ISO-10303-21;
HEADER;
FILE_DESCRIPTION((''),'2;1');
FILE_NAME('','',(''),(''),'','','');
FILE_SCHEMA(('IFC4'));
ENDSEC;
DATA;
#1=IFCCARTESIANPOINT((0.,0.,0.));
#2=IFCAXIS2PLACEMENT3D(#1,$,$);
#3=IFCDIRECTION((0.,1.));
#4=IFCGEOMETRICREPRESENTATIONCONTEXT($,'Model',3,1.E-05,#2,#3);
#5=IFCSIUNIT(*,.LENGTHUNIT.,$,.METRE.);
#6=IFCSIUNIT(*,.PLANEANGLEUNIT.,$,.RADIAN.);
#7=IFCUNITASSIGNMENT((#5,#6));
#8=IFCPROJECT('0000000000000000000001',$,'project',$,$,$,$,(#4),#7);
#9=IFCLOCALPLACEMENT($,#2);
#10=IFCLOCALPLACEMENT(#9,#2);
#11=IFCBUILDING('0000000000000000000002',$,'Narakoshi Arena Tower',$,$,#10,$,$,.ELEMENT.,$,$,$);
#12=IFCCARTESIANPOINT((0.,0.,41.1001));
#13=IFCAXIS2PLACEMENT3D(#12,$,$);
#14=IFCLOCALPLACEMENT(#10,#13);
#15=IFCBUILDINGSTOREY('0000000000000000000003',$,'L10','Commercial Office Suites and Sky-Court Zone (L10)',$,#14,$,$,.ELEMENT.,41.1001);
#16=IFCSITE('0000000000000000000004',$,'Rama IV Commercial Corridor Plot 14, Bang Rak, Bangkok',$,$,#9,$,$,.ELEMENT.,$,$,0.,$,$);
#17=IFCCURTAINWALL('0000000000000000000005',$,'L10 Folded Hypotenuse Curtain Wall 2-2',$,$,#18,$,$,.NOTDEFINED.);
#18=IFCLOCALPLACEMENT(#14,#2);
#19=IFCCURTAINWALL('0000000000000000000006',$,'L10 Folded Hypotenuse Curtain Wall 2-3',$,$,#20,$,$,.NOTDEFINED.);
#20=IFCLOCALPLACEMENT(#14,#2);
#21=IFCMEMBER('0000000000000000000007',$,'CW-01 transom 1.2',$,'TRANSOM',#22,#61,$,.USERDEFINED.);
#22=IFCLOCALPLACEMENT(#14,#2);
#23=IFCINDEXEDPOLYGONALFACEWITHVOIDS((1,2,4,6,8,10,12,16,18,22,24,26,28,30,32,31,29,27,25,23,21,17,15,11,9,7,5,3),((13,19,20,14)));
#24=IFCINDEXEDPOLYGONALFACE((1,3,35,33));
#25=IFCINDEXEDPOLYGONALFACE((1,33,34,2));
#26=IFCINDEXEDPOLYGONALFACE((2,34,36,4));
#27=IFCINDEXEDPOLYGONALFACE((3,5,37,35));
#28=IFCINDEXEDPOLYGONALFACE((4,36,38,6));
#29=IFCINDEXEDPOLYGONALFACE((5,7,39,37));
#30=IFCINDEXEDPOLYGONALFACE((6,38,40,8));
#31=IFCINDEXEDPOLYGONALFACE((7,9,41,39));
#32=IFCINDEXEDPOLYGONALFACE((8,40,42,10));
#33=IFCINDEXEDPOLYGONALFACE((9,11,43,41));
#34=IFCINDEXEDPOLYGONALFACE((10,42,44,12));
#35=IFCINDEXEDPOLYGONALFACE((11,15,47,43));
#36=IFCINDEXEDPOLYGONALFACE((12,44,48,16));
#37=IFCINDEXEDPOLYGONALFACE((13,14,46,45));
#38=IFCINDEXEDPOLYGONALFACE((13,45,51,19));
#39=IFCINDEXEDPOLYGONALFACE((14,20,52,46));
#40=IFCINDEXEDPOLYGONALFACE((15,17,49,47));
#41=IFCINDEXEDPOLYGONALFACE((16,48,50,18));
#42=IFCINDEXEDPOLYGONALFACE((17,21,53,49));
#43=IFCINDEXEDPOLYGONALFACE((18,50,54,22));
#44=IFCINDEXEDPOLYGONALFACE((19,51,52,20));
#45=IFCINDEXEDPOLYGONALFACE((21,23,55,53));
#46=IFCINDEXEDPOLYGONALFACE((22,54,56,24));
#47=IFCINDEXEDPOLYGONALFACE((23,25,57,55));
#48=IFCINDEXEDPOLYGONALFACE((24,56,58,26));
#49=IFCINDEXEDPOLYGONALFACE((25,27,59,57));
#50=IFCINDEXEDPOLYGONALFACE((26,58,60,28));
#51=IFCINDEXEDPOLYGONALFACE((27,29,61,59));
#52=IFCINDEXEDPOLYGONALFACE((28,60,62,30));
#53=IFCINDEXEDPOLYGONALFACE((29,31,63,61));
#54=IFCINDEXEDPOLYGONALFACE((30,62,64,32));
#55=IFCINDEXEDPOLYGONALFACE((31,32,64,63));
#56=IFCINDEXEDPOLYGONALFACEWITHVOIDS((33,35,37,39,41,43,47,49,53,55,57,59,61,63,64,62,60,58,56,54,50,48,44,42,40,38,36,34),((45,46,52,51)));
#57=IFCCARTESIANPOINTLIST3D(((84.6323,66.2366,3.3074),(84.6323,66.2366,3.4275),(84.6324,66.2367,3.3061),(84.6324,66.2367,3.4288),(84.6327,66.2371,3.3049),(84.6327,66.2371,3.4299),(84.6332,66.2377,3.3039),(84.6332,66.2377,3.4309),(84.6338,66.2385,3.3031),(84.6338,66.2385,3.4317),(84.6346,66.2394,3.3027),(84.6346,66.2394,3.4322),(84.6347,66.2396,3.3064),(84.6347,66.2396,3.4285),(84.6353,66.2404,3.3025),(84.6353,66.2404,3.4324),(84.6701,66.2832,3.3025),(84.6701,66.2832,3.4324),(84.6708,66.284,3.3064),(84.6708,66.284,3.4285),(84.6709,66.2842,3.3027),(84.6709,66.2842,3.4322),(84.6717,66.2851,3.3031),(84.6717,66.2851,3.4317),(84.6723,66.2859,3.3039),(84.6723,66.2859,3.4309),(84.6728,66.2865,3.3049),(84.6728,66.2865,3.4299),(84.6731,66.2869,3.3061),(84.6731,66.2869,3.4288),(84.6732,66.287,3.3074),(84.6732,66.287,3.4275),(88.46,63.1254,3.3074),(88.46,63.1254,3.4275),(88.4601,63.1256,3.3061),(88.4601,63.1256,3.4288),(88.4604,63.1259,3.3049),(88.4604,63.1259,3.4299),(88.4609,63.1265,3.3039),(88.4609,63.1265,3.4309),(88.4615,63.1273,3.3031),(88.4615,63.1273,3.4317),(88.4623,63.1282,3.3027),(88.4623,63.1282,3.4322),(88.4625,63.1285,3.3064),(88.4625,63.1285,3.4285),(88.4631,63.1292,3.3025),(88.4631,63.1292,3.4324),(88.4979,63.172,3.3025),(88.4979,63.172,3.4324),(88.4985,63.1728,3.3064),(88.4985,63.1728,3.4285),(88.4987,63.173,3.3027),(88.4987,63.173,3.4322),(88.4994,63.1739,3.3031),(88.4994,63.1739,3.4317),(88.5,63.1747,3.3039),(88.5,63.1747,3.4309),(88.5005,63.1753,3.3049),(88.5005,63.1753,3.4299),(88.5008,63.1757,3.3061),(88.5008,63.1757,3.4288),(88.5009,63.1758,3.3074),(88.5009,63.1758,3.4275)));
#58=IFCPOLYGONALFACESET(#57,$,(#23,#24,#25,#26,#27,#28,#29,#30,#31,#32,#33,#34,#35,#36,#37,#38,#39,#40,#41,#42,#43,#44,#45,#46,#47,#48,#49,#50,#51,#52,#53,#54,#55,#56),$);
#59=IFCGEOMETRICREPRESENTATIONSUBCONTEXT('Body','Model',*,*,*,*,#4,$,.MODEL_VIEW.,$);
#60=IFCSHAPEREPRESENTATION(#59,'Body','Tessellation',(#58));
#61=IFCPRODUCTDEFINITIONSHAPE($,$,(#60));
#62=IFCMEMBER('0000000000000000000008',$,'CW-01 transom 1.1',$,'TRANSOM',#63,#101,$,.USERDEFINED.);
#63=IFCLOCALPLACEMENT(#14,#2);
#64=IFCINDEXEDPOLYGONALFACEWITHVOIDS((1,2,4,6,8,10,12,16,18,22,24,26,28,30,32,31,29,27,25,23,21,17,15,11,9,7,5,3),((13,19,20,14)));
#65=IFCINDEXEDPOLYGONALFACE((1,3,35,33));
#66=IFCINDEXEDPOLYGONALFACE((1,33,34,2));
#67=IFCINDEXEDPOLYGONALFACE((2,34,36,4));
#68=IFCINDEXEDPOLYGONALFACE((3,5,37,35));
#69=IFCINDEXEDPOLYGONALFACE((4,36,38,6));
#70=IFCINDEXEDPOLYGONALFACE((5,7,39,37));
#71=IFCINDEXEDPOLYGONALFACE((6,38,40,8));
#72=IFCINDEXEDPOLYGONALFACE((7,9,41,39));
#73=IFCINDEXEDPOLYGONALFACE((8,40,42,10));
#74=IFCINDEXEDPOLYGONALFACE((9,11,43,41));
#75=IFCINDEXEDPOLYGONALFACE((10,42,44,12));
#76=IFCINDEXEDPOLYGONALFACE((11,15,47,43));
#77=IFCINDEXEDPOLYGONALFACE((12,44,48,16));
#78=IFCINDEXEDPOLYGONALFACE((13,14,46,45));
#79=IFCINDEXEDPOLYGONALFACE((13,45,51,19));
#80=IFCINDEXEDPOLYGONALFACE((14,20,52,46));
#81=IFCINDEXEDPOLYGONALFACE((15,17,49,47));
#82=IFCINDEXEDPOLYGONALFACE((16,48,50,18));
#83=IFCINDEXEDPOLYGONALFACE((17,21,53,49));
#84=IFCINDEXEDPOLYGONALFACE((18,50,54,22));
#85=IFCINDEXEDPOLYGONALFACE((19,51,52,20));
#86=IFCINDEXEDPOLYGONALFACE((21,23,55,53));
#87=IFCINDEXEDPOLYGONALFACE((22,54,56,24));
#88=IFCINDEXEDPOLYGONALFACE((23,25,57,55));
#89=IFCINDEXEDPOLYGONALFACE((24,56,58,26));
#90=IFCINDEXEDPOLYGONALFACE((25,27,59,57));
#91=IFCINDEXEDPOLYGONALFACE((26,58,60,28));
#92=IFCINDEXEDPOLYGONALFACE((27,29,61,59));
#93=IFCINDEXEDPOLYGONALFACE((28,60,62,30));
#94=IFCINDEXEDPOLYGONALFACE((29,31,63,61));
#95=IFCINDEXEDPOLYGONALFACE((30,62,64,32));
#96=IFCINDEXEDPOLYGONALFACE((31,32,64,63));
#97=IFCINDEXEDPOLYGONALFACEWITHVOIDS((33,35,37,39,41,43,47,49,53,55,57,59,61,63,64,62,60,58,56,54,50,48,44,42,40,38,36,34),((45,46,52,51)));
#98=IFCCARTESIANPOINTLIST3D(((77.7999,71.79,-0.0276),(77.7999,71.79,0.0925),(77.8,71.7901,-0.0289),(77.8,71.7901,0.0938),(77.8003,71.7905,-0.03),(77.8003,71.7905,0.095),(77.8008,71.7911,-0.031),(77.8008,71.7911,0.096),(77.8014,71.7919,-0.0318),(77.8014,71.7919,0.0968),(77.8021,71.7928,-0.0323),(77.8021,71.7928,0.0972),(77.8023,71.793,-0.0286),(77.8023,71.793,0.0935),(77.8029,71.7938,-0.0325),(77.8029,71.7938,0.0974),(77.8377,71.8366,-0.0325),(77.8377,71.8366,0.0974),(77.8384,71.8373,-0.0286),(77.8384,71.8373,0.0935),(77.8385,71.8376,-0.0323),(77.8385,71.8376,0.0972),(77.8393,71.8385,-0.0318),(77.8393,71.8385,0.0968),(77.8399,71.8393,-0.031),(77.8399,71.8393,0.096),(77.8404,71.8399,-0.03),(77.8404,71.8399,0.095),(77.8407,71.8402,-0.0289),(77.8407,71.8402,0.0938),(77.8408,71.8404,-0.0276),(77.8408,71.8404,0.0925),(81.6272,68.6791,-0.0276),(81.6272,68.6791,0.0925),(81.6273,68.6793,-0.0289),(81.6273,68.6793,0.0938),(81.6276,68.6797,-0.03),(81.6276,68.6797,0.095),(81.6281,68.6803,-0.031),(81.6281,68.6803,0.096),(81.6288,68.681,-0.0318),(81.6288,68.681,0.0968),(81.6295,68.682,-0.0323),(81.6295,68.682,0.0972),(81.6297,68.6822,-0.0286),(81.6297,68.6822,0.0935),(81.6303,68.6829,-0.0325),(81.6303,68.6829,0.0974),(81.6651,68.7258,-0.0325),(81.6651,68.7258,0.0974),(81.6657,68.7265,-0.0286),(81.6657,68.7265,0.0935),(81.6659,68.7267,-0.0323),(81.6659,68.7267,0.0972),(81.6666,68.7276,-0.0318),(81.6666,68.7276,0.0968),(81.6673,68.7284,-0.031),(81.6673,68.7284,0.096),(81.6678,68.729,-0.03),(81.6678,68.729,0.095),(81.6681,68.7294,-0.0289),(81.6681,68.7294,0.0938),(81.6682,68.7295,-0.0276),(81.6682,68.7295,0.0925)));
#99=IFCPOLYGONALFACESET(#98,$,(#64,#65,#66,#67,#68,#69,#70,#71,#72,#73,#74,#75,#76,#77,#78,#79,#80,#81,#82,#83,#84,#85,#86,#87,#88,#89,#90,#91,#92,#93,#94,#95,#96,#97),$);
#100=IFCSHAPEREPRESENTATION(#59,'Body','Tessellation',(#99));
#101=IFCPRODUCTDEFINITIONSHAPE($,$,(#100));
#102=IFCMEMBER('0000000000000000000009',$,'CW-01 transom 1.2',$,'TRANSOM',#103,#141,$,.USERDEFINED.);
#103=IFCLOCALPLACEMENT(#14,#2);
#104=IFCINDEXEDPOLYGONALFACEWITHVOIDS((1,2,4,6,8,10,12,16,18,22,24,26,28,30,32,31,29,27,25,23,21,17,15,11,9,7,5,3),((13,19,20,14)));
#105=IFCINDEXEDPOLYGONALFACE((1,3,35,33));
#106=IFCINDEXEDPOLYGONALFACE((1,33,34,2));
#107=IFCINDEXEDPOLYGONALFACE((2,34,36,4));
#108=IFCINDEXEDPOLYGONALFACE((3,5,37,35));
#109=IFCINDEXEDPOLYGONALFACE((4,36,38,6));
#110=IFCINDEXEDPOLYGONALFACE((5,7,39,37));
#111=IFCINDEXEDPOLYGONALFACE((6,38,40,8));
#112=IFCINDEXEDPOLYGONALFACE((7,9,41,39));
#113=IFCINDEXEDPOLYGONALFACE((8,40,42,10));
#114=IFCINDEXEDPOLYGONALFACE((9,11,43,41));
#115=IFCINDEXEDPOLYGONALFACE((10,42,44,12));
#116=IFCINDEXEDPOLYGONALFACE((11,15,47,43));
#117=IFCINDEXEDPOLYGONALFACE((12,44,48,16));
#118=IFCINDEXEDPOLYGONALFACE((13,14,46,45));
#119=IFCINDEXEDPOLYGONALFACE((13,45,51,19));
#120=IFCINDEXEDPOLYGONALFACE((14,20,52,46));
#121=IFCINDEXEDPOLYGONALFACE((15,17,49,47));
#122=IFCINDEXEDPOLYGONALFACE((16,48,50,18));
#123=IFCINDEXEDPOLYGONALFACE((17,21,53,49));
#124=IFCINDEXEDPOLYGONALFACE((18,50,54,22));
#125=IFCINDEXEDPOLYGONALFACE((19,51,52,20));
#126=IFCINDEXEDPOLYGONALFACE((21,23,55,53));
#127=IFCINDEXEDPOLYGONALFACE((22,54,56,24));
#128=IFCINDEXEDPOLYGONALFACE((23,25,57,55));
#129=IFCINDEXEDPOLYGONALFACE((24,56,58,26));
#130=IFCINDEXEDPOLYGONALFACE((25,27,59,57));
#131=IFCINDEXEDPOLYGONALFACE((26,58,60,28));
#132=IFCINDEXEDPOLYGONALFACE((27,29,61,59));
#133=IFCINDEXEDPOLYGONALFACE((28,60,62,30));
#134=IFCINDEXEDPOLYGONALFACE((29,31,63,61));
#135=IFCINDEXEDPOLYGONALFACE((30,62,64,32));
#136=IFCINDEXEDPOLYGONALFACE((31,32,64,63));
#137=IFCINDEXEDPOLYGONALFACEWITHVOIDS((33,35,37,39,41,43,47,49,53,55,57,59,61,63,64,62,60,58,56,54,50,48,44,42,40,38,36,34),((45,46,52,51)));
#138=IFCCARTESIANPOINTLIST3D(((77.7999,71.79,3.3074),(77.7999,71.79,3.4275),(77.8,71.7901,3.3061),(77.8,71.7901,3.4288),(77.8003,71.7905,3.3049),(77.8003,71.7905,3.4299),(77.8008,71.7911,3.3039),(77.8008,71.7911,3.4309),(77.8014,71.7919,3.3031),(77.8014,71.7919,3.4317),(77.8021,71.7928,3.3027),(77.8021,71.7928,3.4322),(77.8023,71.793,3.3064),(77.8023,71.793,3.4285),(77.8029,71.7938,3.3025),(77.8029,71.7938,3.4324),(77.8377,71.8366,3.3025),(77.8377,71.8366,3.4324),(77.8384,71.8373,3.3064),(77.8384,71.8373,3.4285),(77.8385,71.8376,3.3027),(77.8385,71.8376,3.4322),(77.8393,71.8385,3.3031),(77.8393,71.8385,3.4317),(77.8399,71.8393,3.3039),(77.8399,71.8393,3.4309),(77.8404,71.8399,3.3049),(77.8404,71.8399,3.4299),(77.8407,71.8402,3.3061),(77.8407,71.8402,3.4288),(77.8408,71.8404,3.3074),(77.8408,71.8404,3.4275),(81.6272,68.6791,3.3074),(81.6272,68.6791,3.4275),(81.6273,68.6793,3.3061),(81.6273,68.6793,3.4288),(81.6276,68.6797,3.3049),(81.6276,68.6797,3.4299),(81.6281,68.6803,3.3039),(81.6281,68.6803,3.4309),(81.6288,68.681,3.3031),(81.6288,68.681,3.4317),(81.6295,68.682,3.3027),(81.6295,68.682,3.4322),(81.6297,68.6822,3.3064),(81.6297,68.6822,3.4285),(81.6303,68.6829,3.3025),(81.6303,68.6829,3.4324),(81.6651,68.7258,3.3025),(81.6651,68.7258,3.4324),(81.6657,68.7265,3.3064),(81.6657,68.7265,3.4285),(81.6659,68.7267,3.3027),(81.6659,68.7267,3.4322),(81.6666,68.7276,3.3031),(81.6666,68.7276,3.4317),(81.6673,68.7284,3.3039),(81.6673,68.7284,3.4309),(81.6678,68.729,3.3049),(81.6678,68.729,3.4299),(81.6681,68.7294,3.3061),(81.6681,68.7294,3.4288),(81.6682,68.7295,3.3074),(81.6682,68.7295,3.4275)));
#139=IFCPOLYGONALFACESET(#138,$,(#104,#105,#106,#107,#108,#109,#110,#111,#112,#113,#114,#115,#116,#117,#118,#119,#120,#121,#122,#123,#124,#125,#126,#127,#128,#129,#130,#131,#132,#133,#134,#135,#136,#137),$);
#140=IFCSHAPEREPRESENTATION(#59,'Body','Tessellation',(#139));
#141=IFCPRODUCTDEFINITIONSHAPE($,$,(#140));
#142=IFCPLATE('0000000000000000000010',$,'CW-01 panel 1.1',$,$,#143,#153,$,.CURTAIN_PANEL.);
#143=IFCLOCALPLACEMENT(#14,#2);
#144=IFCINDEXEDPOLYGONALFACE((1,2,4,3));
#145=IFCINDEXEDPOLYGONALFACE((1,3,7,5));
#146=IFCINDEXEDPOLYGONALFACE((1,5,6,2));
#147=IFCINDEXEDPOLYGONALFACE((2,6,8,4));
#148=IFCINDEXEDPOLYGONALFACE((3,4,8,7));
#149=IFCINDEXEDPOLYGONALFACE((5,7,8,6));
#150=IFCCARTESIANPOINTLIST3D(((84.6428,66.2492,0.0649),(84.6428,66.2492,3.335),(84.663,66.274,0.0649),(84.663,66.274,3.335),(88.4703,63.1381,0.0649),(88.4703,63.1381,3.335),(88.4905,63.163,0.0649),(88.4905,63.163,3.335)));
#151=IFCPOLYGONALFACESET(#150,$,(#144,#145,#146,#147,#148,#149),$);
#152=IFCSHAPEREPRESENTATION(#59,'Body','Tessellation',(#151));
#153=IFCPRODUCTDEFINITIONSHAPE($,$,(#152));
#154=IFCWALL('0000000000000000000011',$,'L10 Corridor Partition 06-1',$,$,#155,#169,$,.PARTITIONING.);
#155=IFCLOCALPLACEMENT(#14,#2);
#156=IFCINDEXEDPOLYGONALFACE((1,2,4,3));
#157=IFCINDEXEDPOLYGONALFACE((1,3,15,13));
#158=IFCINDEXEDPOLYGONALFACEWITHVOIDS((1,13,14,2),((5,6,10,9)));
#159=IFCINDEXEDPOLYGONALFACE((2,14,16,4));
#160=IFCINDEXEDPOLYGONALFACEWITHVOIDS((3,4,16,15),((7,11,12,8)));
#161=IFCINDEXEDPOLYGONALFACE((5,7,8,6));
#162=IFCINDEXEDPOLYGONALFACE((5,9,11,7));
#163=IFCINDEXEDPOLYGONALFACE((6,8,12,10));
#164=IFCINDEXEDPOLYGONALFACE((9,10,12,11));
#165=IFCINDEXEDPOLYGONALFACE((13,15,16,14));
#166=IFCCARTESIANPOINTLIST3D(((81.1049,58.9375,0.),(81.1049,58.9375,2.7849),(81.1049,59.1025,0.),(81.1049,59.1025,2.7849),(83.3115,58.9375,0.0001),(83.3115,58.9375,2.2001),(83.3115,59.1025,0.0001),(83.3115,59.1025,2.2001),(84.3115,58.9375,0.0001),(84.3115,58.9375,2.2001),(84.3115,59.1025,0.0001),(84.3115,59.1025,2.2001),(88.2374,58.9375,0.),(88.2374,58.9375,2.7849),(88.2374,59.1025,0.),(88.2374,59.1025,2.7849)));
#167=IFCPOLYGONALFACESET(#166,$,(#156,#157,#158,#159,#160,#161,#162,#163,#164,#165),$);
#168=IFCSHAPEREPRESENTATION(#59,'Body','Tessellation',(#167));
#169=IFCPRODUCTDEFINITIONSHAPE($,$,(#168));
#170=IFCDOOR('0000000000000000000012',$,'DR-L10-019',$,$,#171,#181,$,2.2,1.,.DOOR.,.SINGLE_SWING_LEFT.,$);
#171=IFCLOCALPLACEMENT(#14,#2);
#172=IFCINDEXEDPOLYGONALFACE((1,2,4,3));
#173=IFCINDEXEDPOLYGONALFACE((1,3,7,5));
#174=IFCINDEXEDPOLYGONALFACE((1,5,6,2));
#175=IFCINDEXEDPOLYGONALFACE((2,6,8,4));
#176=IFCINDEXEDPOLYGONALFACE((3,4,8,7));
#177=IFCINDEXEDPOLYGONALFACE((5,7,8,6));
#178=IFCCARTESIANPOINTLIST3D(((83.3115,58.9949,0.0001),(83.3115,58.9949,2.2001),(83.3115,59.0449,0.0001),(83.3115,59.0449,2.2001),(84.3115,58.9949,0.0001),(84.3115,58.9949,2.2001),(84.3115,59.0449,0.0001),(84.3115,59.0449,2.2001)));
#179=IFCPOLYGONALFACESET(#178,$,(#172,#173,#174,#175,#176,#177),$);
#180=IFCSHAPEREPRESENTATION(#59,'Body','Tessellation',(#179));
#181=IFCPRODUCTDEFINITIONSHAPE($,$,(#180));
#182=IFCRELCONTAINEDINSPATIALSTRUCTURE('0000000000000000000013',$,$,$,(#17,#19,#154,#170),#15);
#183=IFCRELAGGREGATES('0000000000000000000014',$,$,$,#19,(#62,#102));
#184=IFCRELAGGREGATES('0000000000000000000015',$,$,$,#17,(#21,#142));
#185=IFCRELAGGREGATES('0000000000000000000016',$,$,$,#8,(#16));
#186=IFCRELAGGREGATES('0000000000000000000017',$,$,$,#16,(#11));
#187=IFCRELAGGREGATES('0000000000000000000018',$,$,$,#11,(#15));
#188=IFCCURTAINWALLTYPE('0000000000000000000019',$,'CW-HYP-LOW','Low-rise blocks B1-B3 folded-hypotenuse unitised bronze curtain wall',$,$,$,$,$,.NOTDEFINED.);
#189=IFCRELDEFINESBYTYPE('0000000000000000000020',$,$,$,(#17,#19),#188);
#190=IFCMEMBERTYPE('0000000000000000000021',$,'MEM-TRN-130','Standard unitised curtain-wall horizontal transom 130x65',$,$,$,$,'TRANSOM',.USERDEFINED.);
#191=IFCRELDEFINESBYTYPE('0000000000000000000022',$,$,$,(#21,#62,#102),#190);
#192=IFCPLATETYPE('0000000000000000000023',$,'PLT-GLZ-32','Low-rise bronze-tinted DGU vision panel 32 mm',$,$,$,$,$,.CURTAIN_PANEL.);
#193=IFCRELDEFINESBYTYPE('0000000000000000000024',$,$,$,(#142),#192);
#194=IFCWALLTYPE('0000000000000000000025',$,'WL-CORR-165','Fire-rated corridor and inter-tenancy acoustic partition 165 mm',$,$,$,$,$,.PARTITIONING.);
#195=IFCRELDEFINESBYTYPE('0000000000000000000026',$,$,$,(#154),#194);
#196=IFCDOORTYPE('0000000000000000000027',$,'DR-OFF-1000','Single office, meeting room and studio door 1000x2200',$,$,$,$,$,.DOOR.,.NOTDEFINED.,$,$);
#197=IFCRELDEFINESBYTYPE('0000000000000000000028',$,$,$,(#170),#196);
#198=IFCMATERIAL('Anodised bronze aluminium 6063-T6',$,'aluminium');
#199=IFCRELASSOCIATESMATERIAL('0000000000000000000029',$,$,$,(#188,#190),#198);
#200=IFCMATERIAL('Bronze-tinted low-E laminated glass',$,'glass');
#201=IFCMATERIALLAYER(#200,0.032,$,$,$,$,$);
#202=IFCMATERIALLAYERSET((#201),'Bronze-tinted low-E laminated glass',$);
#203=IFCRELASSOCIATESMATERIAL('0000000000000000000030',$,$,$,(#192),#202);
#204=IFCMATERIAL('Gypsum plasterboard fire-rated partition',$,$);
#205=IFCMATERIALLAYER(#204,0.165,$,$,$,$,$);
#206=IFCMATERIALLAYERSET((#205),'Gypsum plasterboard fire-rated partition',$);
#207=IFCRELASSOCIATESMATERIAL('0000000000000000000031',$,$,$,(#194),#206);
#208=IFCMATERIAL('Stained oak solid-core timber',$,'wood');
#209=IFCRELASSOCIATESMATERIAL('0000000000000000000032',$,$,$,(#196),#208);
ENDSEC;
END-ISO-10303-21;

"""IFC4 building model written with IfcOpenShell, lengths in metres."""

from ifc_helpers import new_model, si_unit, direction, frame, frame_2d, origin, origin_2d, place, context, subcontext, project, spatial, rectangle, hollow_rectangle, extrude, material, layer, layer_set, material_profile, profile_set, type_object, element, fill, aggregate, save


model = new_model("IFC4")

# Units and contexts
model_context = context("Model", 3, precision=1e-05, world=origin(), true_north=direction((0.0, 1.0)))
body_context = subcontext(model_context, "Body", "Model", "MODEL_VIEW")
ifc_project = project(units=[si_unit("LENGTHUNIT", "METRE"), si_unit("PLANEANGLEUNIT", "RADIAN")], contexts=[model_context])

# Site, building, storey
site_placement = place(None, origin())
site = spatial("IfcSite", under=ifc_project, at=site_placement, Name="Rama IV Commercial Corridor Plot 14, Bang Rak, Bangkok", CompositionType="ELEMENT", RefElevation=0.0)
building_placement = place(site_placement, origin())
building = spatial("IfcBuilding", under=site, at=building_placement, Name="Narakoshi Arena Tower", CompositionType="ELEMENT")
storey_placement = place(building_placement, frame((0.0, 0.0, 41.1001)))
storey = spatial("IfcBuildingStorey", under=building, at=storey_placement, Name="L10", Description="Commercial Office Suites and Sky-Court Zone (L10)", CompositionType="ELEMENT", Elevation=41.1001)

# Curtain walls
ifc_material_1 = material(Name="Anodised bronze aluminium 6063-T6", Category="aluminium")
curtain_wall_type = type_object("IfcCurtainWallType", Name="CW-HYP-LOW", Description="Low-rise blocks B1-B3 folded-hypotenuse unitised bronze curtain wall", PredefinedType="NOTDEFINED", material=ifc_material_1)
curtain_wall_1_placement = place(storey_placement, origin())
curtain_wall_1 = element("IfcCurtainWall", 1, at=curtain_wall_1_placement, inside=storey, type_object=curtain_wall_type, Name="L10 Folded Hypotenuse Curtain Wall 2-2", PredefinedType="NOTDEFINED")
curtain_wall_2_placement = place(storey_placement, origin())
curtain_wall_2 = element("IfcCurtainWall", 2, at=curtain_wall_2_placement, inside=storey, type_object=curtain_wall_type, Name="L10 Folded Hypotenuse Curtain Wall 2-3", PredefinedType="NOTDEFINED")

# Members
ifc_material_profile_1 = material_profile(ifc_material_1, hollow_rectangle(XDim=0.0649, YDim=0.1299, WallThickness=0.0039, OuterFilletRadius=0.0049, at=origin_2d()), Name="TRN130x65x4")
ifc_profile_set_1 = profile_set([ifc_material_profile_1], Name="Anodised bronze aluminium 6063-T6")
member_type_1 = type_object("IfcMemberType", Name="MEM-TRN-130", Description="Standard unitised curtain-wall horizontal transom 130x65", ElementType="TRANSOM", PredefinedType="USERDEFINED", material=ifc_profile_set_1)
member_1_placement = place(storey_placement, frame((88.4805, 63.1506, 3.3674), z_axis=(-0.776002, 0.630731, 0.0), x_axis=(-0.630731, -0.776002, 0.0)))
member_1 = element("IfcMember", 3, at=member_1_placement, type_object=member_type_1, Name="CW-01 transom 1.2", ObjectType="TRANSOM", PredefinedType="USERDEFINED", context=body_context, shape_type="SweptSolid", body=[
    extrude(hollow_rectangle(XDim=0.0649, YDim=0.1299, WallThickness=0.0039, OuterFilletRadius=0.0049, at=origin_2d()), origin(), (0.0, 0.0, 1.0), 4.9326),
])
member_2_placement = place(storey_placement, frame((81.6477, 68.7043, 0.0325), z_axis=(-0.776006, 0.630725, 0.0), x_axis=(-0.630725, -0.776006, 0.0)))
member_2 = element("IfcMember", 4, at=member_2_placement, type_object=member_type_1, Name="CW-01 transom 1.1", ObjectType="TRANSOM", PredefinedType="USERDEFINED", context=body_context, shape_type="SweptSolid", body=[
    extrude(hollow_rectangle(XDim=0.0649, YDim=0.1299, WallThickness=0.0039, OuterFilletRadius=0.0049, at=origin_2d()), origin(), (0.0, 0.0, 1.0), 4.9321),
])
member_3_placement = place(storey_placement, frame((81.6477, 68.7043, 3.3674), z_axis=(-0.776006, 0.630725, 0.0), x_axis=(-0.630725, -0.776006, 0.0)))
member_3 = element("IfcMember", 5, at=member_3_placement, type_object=member_type_1, Name="CW-01 transom 1.2", ObjectType="TRANSOM", PredefinedType="USERDEFINED", context=body_context, shape_type="SweptSolid", body=[
    extrude(hollow_rectangle(XDim=0.0649, YDim=0.1299, WallThickness=0.0039, OuterFilletRadius=0.0049, at=origin_2d()), origin(), (0.0, 0.0, 1.0), 4.9321),
])
aggregate(curtain_wall_2, [member_2, member_3])

# Plate
ifc_material_2 = material(Name="Bronze-tinted low-E laminated glass", Category="glass")
ifc_layer_1 = layer(ifc_material_2, 0.032)
ifc_layer_set_1 = layer_set([ifc_layer_1], Name="Bronze-tinted low-E laminated glass")
plate_type = type_object("IfcPlateType", Name="PLT-GLZ-32", Description="Low-rise bronze-tinted DGU vision panel 32 mm", PredefinedType="CURTAIN_PANEL", material=ifc_layer_set_1)
plate_placement = place(storey_placement, frame((86.5667, 64.7061, 0.0649), z_axis=(0.0, 0.0, 1.0), x_axis=(-0.775998, 0.630735, 0.0)))
plate = element("IfcPlate", 6, at=plate_placement, type_object=plate_type, Name="CW-01 panel 1.1", PredefinedType="CURTAIN_PANEL", context=body_context, shape_type="SweptSolid", body=[
    extrude(rectangle(XDim=4.9324, YDim=0.032, at=origin_2d()), origin(), (0.0, 0.0, 1.0), 3.27),
])
aggregate(curtain_wall_1, [member_1, plate])

# Wall, opening, door
ifc_material_3 = material(Name="Gypsum plasterboard fire-rated partition")
ifc_layer_2 = layer(ifc_material_3, 0.165)
ifc_layer_set_2 = layer_set([ifc_layer_2], Name="Gypsum plasterboard fire-rated partition")
wall_type_1 = type_object("IfcWallType", Name="WL-CORR-165", Description="Fire-rated corridor and inter-tenancy acoustic partition 165 mm", PredefinedType="PARTITIONING", material=ifc_layer_set_2)
wall_1_placement = place(storey_placement, frame((88.2375, 59.02, 0.0), z_axis=(0.0, 0.0, 1.0), x_axis=(-1.0, 0.0, 0.0)))
wall_1 = element("IfcWall", 7, at=wall_1_placement, inside=storey, type_object=wall_type_1, Name="L10 Corridor Partition 06-1", PredefinedType="PARTITIONING", context=body_context, shape_type="SweptSolid", body=[
    extrude(rectangle(XDim=7.1326, YDim=0.165, at=frame_2d((3.5664, 0.0))), origin(), (0.0, 0.0, 1.0), 2.7849),
])
opening_1_placement = place(wall_1_placement, frame((3.926, 0.0, 0.0)))
opening_1 = element("IfcOpeningElement", 8, at=opening_1_placement, cuts=wall_1, PredefinedType="OPENING", context=body_context, shape_type="SweptSolid", body=[
    extrude(rectangle(XDim=1.0, YDim=2.2, at=frame_2d((0.5, 1.1001))), frame((0.0, 0.0925, 0.0), z_axis=(0.0, -1.0, 0.0), x_axis=(1.0, 0.0, 0.0)), (0.0, 0.0, 1.0), 0.1851),
])
ifc_material_4 = material(Name="Stained oak solid-core timber", Category="wood")
door_type = type_object("IfcDoorType", Name="DR-OFF-1000", Description="Single office, meeting room and studio door 1000x2200", OperationType="NOTDEFINED", PredefinedType="DOOR", material=ifc_material_4)
door_1_placement = place(opening_1_placement, frame((1.0, 0.0, 0.0), z_axis=(0.0, 0.0, 1.0), x_axis=(-1.0, 0.0, 0.0)))
door_1 = element("IfcDoor", 9, at=door_1_placement, inside=storey, type_object=door_type, Name="DR-L10-019", OperationType="SINGLE_SWING_LEFT", OverallHeight=2.2, OverallWidth=1.0, PredefinedType="DOOR", context=body_context, shape_type="SweptSolid", body=[
    extrude(rectangle(XDim=1.0, YDim=2.2, at=frame_2d((0.5, 1.1001))), frame((0.0, 0.0249, 0.0), z_axis=(0.0, -1.0, 0.0), x_axis=(1.0, 0.0, 0.0)), (0.0, 0.0, 1.0), 0.05),
])
fill(opening_1, door_1)

save(model, "model.ifc")
